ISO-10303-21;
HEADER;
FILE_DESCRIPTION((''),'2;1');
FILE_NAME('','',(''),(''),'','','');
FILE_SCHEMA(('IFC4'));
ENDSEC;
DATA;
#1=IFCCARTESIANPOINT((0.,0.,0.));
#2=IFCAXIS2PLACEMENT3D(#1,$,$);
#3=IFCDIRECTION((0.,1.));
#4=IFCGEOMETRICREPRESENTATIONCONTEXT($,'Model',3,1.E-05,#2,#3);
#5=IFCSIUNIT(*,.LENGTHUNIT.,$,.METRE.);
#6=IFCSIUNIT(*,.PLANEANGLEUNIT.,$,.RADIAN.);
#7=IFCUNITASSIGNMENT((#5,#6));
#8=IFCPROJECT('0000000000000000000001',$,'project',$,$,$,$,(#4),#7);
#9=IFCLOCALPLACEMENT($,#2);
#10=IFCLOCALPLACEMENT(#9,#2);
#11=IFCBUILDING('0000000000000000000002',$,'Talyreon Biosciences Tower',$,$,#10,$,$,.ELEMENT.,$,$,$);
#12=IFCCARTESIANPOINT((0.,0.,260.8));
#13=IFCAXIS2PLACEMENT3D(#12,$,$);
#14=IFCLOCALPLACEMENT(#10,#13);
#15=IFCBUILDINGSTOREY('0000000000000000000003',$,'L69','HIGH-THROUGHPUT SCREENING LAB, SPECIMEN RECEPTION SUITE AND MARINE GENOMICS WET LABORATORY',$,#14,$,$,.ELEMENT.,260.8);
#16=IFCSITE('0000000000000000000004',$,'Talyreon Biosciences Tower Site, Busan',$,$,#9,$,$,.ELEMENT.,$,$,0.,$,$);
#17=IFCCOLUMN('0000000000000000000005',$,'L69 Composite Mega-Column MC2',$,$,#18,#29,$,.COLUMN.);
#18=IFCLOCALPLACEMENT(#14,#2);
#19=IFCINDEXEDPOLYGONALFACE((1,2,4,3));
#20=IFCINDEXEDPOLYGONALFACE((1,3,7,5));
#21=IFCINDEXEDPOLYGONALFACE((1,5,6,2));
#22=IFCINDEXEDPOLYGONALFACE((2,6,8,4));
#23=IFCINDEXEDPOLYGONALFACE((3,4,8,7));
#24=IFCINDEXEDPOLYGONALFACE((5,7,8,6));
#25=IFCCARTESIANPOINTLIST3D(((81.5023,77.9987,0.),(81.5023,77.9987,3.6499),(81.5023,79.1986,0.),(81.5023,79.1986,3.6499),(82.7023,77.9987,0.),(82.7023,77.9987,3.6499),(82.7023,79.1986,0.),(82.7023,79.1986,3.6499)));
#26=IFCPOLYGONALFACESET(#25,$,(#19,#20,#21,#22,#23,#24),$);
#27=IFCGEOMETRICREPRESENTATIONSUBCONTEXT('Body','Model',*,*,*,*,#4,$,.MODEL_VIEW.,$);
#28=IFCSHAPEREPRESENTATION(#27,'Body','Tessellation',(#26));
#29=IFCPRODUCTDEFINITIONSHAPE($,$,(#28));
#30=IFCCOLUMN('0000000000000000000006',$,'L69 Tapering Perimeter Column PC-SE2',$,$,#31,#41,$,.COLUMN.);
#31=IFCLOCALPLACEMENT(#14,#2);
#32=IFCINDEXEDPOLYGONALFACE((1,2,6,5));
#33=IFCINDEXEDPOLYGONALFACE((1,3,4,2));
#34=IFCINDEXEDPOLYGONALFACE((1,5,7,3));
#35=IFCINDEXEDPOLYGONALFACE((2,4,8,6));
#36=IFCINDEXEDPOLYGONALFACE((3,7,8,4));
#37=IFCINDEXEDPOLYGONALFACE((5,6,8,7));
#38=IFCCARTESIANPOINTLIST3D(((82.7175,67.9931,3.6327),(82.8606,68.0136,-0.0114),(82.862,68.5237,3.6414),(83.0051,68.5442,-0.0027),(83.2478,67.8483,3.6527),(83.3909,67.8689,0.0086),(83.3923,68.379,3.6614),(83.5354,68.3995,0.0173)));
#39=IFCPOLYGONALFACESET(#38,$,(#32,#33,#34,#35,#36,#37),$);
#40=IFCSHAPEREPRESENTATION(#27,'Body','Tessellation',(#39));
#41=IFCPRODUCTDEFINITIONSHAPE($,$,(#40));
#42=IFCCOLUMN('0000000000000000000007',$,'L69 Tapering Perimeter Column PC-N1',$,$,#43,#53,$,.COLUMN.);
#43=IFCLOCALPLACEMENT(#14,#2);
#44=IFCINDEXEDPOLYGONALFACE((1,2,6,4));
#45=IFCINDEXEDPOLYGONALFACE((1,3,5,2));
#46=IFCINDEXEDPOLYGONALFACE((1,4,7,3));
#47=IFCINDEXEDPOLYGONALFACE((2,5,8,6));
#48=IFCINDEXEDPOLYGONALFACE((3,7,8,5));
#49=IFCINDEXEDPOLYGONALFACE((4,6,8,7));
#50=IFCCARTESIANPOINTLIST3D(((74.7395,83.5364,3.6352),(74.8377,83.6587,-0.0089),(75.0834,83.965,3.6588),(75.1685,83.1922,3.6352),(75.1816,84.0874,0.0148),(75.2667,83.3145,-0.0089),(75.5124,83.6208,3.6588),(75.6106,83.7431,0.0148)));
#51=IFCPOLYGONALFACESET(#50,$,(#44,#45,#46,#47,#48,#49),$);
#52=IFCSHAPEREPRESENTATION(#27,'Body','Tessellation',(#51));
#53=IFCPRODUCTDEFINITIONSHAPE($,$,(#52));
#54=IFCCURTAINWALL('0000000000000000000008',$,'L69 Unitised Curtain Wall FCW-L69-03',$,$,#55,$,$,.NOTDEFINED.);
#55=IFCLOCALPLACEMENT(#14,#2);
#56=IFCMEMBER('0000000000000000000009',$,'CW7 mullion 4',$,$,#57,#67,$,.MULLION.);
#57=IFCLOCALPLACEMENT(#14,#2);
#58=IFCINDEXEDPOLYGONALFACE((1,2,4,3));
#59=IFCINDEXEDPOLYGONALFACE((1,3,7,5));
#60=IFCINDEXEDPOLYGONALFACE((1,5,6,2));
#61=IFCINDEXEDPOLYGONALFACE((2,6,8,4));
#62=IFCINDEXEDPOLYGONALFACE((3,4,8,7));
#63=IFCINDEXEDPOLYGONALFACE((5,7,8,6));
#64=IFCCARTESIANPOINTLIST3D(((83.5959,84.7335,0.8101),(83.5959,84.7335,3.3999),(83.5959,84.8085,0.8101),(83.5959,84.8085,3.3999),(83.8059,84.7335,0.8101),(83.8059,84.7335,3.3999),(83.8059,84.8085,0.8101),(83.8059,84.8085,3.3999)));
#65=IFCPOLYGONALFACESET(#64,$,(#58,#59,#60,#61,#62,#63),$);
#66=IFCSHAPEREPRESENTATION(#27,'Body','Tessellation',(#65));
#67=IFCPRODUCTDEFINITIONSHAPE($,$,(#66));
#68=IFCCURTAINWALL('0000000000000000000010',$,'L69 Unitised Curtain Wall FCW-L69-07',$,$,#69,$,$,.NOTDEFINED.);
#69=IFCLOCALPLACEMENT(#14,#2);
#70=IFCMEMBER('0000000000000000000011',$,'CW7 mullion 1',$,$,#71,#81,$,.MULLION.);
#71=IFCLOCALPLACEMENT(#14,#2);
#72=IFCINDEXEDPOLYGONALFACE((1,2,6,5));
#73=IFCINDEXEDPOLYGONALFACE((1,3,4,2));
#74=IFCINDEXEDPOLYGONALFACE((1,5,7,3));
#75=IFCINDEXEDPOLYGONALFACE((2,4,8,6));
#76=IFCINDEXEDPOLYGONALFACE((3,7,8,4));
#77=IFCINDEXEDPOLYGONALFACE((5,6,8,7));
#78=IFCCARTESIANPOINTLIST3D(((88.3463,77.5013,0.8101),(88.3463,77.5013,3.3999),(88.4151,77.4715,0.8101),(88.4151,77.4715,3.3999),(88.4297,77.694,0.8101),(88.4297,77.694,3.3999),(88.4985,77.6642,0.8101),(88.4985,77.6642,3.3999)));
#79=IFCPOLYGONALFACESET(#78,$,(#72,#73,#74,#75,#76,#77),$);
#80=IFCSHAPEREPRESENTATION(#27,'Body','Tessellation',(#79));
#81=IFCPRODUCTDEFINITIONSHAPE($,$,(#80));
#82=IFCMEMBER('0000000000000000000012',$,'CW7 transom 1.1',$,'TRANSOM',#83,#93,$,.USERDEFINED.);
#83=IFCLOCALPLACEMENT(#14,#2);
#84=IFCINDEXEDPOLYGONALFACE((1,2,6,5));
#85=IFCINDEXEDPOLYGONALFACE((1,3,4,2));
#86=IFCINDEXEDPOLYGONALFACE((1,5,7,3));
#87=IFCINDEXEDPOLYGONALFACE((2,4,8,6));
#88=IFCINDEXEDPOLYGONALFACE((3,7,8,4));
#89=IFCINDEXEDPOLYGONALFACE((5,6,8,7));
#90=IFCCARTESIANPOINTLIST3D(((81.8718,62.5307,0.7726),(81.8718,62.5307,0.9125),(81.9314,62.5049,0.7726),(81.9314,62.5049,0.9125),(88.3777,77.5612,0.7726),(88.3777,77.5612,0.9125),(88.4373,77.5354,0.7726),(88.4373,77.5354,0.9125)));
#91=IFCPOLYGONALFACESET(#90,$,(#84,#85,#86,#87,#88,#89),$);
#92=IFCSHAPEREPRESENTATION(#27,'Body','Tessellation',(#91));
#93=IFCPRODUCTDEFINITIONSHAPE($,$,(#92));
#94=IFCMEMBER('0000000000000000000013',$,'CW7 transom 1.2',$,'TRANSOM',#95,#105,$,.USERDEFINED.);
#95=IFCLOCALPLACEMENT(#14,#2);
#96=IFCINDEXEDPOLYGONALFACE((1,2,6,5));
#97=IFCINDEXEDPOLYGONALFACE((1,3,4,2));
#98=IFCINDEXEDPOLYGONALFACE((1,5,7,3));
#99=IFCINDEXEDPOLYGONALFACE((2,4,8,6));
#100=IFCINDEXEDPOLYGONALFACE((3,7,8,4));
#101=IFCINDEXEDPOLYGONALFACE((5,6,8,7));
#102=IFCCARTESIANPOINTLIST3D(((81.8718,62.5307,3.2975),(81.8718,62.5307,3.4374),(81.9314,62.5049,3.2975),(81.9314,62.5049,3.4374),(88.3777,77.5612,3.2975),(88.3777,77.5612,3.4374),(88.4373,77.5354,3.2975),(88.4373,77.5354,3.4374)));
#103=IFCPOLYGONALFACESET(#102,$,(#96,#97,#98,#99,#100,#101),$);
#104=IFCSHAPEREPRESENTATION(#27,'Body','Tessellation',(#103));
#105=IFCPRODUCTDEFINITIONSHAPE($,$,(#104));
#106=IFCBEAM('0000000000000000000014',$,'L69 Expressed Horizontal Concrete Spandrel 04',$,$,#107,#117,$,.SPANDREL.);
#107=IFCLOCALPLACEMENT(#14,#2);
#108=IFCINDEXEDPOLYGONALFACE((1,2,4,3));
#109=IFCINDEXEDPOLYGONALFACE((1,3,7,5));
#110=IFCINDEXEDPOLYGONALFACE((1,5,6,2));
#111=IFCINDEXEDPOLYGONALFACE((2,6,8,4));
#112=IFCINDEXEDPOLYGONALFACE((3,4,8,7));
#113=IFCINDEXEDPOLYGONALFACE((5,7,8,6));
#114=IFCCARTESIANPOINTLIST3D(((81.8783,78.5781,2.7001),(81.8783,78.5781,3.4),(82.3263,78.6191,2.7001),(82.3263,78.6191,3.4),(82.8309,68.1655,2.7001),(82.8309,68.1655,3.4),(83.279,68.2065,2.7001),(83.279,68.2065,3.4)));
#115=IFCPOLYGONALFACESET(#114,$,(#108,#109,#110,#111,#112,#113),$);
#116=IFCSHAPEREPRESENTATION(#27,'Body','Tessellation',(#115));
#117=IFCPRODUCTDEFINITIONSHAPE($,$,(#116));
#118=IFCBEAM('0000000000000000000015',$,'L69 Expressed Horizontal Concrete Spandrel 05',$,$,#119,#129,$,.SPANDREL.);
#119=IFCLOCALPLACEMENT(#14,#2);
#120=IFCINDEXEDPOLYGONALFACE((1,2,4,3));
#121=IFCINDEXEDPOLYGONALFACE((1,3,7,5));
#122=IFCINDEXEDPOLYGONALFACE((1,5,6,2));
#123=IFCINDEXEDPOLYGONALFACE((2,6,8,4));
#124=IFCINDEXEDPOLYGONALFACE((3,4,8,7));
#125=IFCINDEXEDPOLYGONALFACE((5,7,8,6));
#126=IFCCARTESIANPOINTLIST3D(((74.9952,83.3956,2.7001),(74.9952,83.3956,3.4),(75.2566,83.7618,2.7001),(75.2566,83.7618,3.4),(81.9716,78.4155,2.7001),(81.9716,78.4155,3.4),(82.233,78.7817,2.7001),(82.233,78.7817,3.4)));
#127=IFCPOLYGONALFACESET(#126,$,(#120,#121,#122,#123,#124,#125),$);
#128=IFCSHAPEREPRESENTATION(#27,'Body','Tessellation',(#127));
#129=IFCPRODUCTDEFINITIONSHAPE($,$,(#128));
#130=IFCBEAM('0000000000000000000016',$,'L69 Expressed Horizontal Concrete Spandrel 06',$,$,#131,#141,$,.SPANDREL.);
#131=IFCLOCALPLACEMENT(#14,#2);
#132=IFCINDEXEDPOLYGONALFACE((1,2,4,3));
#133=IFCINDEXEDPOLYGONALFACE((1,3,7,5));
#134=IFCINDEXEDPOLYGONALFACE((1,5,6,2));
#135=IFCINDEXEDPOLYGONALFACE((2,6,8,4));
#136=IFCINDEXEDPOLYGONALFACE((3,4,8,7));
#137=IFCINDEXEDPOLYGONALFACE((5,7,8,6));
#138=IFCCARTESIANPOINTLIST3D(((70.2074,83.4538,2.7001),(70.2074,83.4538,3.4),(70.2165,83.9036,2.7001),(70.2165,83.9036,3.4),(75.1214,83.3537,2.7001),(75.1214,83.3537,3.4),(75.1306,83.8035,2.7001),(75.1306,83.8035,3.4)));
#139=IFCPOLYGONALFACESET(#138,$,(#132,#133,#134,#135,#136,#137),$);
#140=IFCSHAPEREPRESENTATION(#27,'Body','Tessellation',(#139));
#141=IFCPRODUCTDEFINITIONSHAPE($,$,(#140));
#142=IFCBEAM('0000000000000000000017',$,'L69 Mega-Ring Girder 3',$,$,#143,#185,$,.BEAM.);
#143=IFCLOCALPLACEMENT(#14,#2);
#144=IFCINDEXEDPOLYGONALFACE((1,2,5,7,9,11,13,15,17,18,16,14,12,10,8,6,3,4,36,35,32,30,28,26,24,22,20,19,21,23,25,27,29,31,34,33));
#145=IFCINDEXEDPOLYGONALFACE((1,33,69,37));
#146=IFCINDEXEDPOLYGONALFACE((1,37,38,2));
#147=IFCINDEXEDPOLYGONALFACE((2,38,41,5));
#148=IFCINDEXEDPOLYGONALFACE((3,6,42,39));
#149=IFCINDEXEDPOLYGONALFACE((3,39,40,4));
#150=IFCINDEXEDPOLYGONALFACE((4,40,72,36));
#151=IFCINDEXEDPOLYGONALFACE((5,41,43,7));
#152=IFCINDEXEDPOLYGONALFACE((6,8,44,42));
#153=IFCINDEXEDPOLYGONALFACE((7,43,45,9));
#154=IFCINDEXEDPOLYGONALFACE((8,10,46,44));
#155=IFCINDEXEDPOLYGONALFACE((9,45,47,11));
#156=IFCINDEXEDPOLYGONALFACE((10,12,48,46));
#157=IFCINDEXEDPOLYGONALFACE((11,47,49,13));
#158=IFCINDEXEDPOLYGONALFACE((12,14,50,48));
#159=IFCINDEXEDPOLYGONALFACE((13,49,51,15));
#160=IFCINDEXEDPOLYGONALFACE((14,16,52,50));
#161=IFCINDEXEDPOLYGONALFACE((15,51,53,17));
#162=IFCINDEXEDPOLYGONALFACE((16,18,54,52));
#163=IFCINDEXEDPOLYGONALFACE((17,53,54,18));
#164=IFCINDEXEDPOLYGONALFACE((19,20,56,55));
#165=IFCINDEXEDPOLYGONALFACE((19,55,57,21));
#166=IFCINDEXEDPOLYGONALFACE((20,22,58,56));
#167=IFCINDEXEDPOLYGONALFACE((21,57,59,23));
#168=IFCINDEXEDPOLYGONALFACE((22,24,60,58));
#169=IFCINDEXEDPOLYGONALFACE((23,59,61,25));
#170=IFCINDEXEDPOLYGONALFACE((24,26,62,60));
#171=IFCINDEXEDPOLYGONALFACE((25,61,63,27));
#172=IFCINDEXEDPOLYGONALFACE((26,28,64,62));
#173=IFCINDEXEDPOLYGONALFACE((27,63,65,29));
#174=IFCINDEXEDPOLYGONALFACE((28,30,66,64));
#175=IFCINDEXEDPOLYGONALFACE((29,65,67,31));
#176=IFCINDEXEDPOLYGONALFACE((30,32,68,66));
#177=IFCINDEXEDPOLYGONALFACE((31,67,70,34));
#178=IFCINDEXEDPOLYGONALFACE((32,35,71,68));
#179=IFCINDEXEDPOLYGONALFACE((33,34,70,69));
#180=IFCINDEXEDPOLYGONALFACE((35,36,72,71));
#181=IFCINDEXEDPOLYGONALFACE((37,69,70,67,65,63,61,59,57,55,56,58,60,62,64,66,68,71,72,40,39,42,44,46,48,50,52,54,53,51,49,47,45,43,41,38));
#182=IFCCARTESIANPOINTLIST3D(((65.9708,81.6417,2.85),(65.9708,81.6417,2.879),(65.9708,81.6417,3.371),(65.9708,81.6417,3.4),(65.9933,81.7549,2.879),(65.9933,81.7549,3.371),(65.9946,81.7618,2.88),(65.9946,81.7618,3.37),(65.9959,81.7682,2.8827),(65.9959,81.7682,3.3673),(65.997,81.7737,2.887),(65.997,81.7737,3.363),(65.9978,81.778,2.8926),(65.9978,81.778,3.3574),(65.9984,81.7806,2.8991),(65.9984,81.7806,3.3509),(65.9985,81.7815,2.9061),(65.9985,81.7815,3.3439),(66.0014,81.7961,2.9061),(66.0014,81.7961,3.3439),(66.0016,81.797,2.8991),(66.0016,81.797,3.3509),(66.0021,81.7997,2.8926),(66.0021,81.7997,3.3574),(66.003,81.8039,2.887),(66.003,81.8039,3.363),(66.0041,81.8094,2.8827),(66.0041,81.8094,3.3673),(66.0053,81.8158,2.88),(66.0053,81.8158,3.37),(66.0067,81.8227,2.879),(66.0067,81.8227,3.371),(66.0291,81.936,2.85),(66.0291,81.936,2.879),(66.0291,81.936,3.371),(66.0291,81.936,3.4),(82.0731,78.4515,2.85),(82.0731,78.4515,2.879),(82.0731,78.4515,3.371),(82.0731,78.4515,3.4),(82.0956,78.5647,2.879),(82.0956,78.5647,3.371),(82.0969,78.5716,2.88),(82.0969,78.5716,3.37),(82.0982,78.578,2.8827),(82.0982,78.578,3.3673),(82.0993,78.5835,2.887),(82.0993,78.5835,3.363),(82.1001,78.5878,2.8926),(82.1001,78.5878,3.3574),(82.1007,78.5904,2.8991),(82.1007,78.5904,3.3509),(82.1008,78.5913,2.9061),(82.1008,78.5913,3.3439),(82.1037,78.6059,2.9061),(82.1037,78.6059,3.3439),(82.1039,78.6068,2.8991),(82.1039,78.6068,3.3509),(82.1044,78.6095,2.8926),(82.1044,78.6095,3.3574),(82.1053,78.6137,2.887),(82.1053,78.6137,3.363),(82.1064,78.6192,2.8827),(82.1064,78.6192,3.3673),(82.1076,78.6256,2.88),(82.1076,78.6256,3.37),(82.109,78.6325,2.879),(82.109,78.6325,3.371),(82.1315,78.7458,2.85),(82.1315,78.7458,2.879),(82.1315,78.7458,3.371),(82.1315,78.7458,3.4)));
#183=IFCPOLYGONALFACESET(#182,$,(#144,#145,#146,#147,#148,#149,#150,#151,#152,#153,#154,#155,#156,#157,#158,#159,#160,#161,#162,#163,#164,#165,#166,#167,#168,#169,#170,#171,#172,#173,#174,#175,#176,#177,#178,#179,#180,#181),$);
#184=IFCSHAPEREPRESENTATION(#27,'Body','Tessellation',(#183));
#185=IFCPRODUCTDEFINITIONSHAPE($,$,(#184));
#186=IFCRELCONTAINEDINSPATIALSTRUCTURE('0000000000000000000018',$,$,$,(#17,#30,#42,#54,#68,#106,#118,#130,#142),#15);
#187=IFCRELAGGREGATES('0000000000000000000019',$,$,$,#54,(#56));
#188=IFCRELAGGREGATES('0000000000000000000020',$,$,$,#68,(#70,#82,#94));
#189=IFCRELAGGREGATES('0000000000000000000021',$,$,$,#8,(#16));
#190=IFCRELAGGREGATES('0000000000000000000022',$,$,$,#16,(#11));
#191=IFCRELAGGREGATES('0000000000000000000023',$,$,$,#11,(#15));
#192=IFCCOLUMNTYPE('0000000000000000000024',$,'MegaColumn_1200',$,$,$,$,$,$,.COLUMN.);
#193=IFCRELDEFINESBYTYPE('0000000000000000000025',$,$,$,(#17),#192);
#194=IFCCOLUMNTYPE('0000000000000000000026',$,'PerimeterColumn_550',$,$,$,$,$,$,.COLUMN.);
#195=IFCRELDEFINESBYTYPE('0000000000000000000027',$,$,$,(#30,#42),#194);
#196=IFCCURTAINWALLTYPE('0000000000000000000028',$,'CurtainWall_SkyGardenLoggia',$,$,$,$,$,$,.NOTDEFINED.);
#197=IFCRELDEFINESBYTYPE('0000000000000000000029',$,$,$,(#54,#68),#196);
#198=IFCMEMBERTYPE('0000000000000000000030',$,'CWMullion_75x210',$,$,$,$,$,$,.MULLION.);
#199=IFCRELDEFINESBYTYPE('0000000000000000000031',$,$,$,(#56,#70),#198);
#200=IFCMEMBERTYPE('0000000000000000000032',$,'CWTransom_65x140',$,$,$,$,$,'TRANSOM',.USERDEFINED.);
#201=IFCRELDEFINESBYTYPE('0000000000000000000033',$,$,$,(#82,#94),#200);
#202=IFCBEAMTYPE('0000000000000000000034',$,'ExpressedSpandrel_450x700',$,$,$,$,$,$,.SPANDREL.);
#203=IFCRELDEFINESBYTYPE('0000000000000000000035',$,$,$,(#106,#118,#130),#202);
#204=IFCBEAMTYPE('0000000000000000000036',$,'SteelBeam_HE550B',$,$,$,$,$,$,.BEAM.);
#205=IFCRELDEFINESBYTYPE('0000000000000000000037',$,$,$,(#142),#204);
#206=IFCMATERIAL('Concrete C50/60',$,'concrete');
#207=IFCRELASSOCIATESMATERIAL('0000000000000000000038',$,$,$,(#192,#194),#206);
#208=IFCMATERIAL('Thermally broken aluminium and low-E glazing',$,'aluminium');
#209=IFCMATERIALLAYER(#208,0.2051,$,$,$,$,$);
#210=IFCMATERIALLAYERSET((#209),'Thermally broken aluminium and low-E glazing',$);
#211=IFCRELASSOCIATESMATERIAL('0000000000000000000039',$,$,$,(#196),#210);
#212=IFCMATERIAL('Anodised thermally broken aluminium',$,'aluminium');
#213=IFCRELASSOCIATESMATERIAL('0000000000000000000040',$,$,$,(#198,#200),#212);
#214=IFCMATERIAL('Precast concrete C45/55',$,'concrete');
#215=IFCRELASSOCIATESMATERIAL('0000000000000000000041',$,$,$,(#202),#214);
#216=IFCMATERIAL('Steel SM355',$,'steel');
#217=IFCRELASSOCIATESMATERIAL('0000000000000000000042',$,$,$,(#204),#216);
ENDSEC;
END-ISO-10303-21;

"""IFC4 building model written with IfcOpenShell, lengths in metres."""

from ifc_helpers import new_model, si_unit, direction, frame, origin, origin_2d, place, context, subcontext, project, spatial, rectangle, i_section, extrude, material, layer, layer_set, material_profile, profile_set, type_object, element, aggregate, save


model = new_model("IFC4")

# Units and contexts
model_context = context("Model", 3, precision=1e-05, world=origin(), true_north=direction((0.0, 1.0)))
body_context = subcontext(model_context, "Body", "Model", "MODEL_VIEW")
ifc_project = project(units=[si_unit("LENGTHUNIT", "METRE"), si_unit("PLANEANGLEUNIT", "RADIAN")], contexts=[model_context])

# Site, building, storey
site_placement = place(None, origin())
site = spatial("IfcSite", under=ifc_project, at=site_placement, Name="Talyreon Biosciences Tower Site, Busan", CompositionType="ELEMENT", RefElevation=0.0)
building_placement = place(site_placement, origin())
building = spatial("IfcBuilding", under=site, at=building_placement, Name="Talyreon Biosciences Tower", CompositionType="ELEMENT")
storey_placement = place(building_placement, frame((0.0, 0.0, 260.8)))
storey = spatial("IfcBuildingStorey", under=building, at=storey_placement, Name="L69", Description="HIGH-THROUGHPUT SCREENING LAB, SPECIMEN RECEPTION SUITE AND MARINE GENOMICS WET LABORATORY", CompositionType="ELEMENT", Elevation=260.8)

# Columns
ifc_material_1 = material(Name="Concrete C50/60", Category="concrete")
ifc_material_profile_1 = material_profile(ifc_material_1, rectangle(XDim=1.2, YDim=1.2, at=origin_2d()), Name="RC 1200x1200")
ifc_profile_set_1 = profile_set([ifc_material_profile_1], Name="Concrete C50/60")
column_type_1 = type_object("IfcColumnType", Name="MegaColumn_1200", PredefinedType="COLUMN", material=ifc_profile_set_1)
column_1_placement = place(storey_placement, frame((82.1023, 78.5986, 0.0), z_axis=(0.0, 0.0, 1.0), x_axis=(1.0, 0.0, 0.0)))
element("IfcColumn", 1, at=column_1_placement, inside=storey, type_object=column_type_1, Name="L69 Composite Mega-Column MC2", PredefinedType="COLUMN", context=body_context, shape_type="SweptSolid", body=[
    extrude(rectangle(XDim=1.2, YDim=1.2, at=origin_2d()), origin(), (0.0, 0.0, 1.0), 3.6499),
])
ifc_material_profile_2 = material_profile(ifc_material_1, rectangle(XDim=0.55, YDim=0.55, at=origin_2d()), Name="RC 550x550")
ifc_profile_set_2 = profile_set([ifc_material_profile_2], Name="Concrete C50/60")
column_type_2 = type_object("IfcColumnType", Name="PerimeterColumn_550", PredefinedType="COLUMN", material=ifc_profile_set_2)
column_2_placement = place(storey_placement, frame((83.198, 68.2065, 0.0029), z_axis=(-0.03923, -0.005623, 0.999214), x_axis=(0.964085, -0.263092, 0.03637)))
element("IfcColumn", 2, at=column_2_placement, inside=storey, type_object=column_type_2, Name="L69 Tapering Perimeter Column PC-SE2", PredefinedType="COLUMN", context=body_context, shape_type="SweptSolid", body=[
    extrude(rectangle(XDim=0.55, YDim=0.55, at=origin_2d()), origin(), (0.0, 0.0, 1.0), 3.647),
])
column_3_placement = place(storey_placement, frame((75.2241, 83.7009, 0.0029), z_axis=(-0.026908, -0.033535, 0.999075), x_axis=(-0.779957, 0.625834, 0.0)))
element("IfcColumn", 3, at=column_3_placement, inside=storey, type_object=column_type_2, Name="L69 Tapering Perimeter Column PC-N1", PredefinedType="COLUMN", context=body_context, shape_type="SweptSolid", body=[
    extrude(rectangle(XDim=0.55, YDim=0.55, at=origin_2d()), origin(), (0.0, 0.0, 1.0), 3.6475),
])

# Curtain wall, member
ifc_material_2 = material(Name="Thermally broken aluminium and low-E glazing", Category="aluminium")
ifc_layer_1 = layer(ifc_material_2, 0.2051)
ifc_layer_set_1 = layer_set([ifc_layer_1], Name="Thermally broken aluminium and low-E glazing")
curtain_wall_type = type_object("IfcCurtainWallType", Name="CurtainWall_SkyGardenLoggia", PredefinedType="NOTDEFINED", material=ifc_layer_set_1)
curtain_wall_1_placement = place(storey_placement, origin())
curtain_wall_1 = element("IfcCurtainWall", 4, at=curtain_wall_1_placement, inside=storey, type_object=curtain_wall_type, Name="L69 Unitised Curtain Wall FCW-L69-03", PredefinedType="NOTDEFINED")
ifc_material_3 = material(Name="Anodised thermally broken aluminium", Category="aluminium")
ifc_material_profile_3 = material_profile(ifc_material_3, rectangle(XDim=0.075, YDim=0.21, at=origin_2d()), Name="ALUM MULLION 75x210")
ifc_profile_set_3 = profile_set([ifc_material_profile_3], Name="Anodised thermally broken aluminium")
member_type_1 = type_object("IfcMemberType", Name="CWMullion_75x210", PredefinedType="MULLION", material=ifc_profile_set_3)
member_1_placement = place(storey_placement, frame((83.7009, 84.771, 0.8101), z_axis=(0.0, 0.0, 1.0), x_axis=(0.0, 1.0, 0.0)))
member_1 = element("IfcMember", 5, at=member_1_placement, type_object=member_type_1, Name="CW7 mullion 4", PredefinedType="MULLION", context=body_context, shape_type="SweptSolid", body=[
    extrude(rectangle(XDim=0.075, YDim=0.21, at=origin_2d()), origin(), (0.0, 0.0, 1.0), 2.5898),
])

# Curtain wall, members
curtain_wall_2_placement = place(storey_placement, origin())
curtain_wall_2 = element("IfcCurtainWall", 6, at=curtain_wall_2_placement, inside=storey, type_object=curtain_wall_type, Name="L69 Unitised Curtain Wall FCW-L69-07", PredefinedType="NOTDEFINED")
member_2_placement = place(storey_placement, frame((88.4224, 77.5828, 0.8101), z_axis=(0.0, 0.0, 1.0), x_axis=(0.917724, -0.397219, 0.0)))
member_2 = element("IfcMember", 7, at=member_2_placement, type_object=member_type_1, Name="CW7 mullion 1", PredefinedType="MULLION", context=body_context, shape_type="SweptSolid", body=[
    extrude(rectangle(XDim=0.075, YDim=0.21, at=origin_2d()), origin(), (0.0, 0.0, 1.0), 2.5898),
])
ifc_material_profile_4 = material_profile(ifc_material_3, rectangle(XDim=0.0649, YDim=0.1399, at=origin_2d()), Name="ALUM TRANSOM 65x140")
ifc_profile_set_4 = profile_set([ifc_material_profile_4], Name="Anodised thermally broken aluminium")
member_type_2 = type_object("IfcMemberType", Name="CWTransom_65x140", ElementType="TRANSOM", PredefinedType="USERDEFINED", material=ifc_profile_set_4)
member_3_placement = place(storey_placement, frame((88.4075, 77.5483, 0.8425), z_axis=(-0.397229, -0.91772, 0.0), x_axis=(0.91772, -0.397229, 0.0)))
member_3 = element("IfcMember", 8, at=member_3_placement, type_object=member_type_2, Name="CW7 transom 1.1", ObjectType="TRANSOM", PredefinedType="USERDEFINED", context=body_context, shape_type="SweptSolid", body=[
    extrude(rectangle(XDim=0.0649, YDim=0.1399, at=origin_2d()), origin(), (0.0, 0.0, 1.0), 16.3782),
])
member_4_placement = place(storey_placement, frame((88.4075, 77.5483, 3.3674), z_axis=(-0.397229, -0.91772, 0.0), x_axis=(0.91772, -0.397229, 0.0)))
member_4 = element("IfcMember", 9, at=member_4_placement, type_object=member_type_2, Name="CW7 transom 1.2", ObjectType="TRANSOM", PredefinedType="USERDEFINED", context=body_context, shape_type="SweptSolid", body=[
    extrude(rectangle(XDim=0.0649, YDim=0.1399, at=origin_2d()), origin(), (0.0, 0.0, 1.0), 16.3782),
])

# Beams
ifc_material_4 = material(Name="Precast concrete C45/55", Category="concrete")
ifc_material_profile_5 = material_profile(ifc_material_4, rectangle(XDim=0.45, YDim=0.7, at=origin_2d()), Name="RCB 450x700")
ifc_profile_set_5 = profile_set([ifc_material_profile_5], Name="Precast concrete C45/55")
beam_type_1 = type_object("IfcBeamType", Name="ExpressedSpandrel_450x700", PredefinedType="SPANDREL", material=ifc_profile_set_5)
beam_1_placement = place(storey_placement, frame((83.0549, 68.186, 3.05), z_axis=(-0.091108, 0.995841, 0.0), x_axis=(-0.995841, -0.091108, 0.0)))
element("IfcBeam", 10, at=beam_1_placement, inside=storey, type_object=beam_type_1, Name="L69 Expressed Horizontal Concrete Spandrel 04", PredefinedType="SPANDREL", context=body_context, shape_type="SweptSolid", body=[
    extrude(rectangle(XDim=0.45, YDim=0.7, at=origin_2d()), origin(), (0.0, 0.0, 1.0), 10.4561),
])
beam_2_placement = place(storey_placement, frame((82.1023, 78.5986, 3.05), z_axis=(-0.813905, 0.580998, 0.0), x_axis=(-0.580998, -0.813905, 0.0)))
element("IfcBeam", 11, at=beam_2_placement, inside=storey, type_object=beam_type_1, Name="L69 Expressed Horizontal Concrete Spandrel 05", PredefinedType="SPANDREL", context=body_context, shape_type="SweptSolid", body=[
    extrude(rectangle(XDim=0.45, YDim=0.7, at=origin_2d()), origin(), (0.0, 0.0, 1.0), 8.5715),
])
beam_3_placement = place(storey_placement, frame((75.126, 83.5786, 3.05), z_axis=(-0.999793, 0.020365, 0.0), x_axis=(-0.020365, -0.999793, 0.0)))
element("IfcBeam", 12, at=beam_3_placement, inside=storey, type_object=beam_type_1, Name="L69 Expressed Horizontal Concrete Spandrel 06", PredefinedType="SPANDREL", context=body_context, shape_type="SweptSolid", body=[
    extrude(rectangle(XDim=0.45, YDim=0.7, at=origin_2d()), origin(), (0.0, 0.0, 1.0), 4.915),
])
ifc_material_5 = material(Name="Steel SM355", Category="steel")
ifc_material_profile_6 = material_profile(ifc_material_5, i_section(OverallWidth=0.3, OverallDepth=0.55, WebThickness=0.0149, FlangeThickness=0.0291, FilletRadius=0.0271, at=origin_2d()), Name="HE550B")
ifc_profile_set_6 = profile_set([ifc_material_profile_6], Name="Steel SM355")
beam_type_2 = type_object("IfcBeamType", Name="SteelBeam_HE550B", PredefinedType="BEAM", material=ifc_profile_set_6)
beam_4_placement = place(storey_placement, frame((82.1023, 78.5986, 3.125), z_axis=(-0.980934, 0.194343, 0.0), x_axis=(-0.194343, -0.980934, 0.0)))
element("IfcBeam", 13, at=beam_4_placement, inside=storey, type_object=beam_type_2, Name="L69 Mega-Ring Girder 3", PredefinedType="BEAM", context=body_context, shape_type="SweptSolid", body=[
    extrude(i_section(OverallWidth=0.3, OverallDepth=0.55, WebThickness=0.0149, FlangeThickness=0.0291, FilletRadius=0.0271, at=origin_2d()), origin(), (0.0, 0.0, 1.0), 16.4153),
])

aggregate(curtain_wall_1, [member_1])
aggregate(curtain_wall_2, [member_2, member_3, member_4])

save(model, "model.ifc")
